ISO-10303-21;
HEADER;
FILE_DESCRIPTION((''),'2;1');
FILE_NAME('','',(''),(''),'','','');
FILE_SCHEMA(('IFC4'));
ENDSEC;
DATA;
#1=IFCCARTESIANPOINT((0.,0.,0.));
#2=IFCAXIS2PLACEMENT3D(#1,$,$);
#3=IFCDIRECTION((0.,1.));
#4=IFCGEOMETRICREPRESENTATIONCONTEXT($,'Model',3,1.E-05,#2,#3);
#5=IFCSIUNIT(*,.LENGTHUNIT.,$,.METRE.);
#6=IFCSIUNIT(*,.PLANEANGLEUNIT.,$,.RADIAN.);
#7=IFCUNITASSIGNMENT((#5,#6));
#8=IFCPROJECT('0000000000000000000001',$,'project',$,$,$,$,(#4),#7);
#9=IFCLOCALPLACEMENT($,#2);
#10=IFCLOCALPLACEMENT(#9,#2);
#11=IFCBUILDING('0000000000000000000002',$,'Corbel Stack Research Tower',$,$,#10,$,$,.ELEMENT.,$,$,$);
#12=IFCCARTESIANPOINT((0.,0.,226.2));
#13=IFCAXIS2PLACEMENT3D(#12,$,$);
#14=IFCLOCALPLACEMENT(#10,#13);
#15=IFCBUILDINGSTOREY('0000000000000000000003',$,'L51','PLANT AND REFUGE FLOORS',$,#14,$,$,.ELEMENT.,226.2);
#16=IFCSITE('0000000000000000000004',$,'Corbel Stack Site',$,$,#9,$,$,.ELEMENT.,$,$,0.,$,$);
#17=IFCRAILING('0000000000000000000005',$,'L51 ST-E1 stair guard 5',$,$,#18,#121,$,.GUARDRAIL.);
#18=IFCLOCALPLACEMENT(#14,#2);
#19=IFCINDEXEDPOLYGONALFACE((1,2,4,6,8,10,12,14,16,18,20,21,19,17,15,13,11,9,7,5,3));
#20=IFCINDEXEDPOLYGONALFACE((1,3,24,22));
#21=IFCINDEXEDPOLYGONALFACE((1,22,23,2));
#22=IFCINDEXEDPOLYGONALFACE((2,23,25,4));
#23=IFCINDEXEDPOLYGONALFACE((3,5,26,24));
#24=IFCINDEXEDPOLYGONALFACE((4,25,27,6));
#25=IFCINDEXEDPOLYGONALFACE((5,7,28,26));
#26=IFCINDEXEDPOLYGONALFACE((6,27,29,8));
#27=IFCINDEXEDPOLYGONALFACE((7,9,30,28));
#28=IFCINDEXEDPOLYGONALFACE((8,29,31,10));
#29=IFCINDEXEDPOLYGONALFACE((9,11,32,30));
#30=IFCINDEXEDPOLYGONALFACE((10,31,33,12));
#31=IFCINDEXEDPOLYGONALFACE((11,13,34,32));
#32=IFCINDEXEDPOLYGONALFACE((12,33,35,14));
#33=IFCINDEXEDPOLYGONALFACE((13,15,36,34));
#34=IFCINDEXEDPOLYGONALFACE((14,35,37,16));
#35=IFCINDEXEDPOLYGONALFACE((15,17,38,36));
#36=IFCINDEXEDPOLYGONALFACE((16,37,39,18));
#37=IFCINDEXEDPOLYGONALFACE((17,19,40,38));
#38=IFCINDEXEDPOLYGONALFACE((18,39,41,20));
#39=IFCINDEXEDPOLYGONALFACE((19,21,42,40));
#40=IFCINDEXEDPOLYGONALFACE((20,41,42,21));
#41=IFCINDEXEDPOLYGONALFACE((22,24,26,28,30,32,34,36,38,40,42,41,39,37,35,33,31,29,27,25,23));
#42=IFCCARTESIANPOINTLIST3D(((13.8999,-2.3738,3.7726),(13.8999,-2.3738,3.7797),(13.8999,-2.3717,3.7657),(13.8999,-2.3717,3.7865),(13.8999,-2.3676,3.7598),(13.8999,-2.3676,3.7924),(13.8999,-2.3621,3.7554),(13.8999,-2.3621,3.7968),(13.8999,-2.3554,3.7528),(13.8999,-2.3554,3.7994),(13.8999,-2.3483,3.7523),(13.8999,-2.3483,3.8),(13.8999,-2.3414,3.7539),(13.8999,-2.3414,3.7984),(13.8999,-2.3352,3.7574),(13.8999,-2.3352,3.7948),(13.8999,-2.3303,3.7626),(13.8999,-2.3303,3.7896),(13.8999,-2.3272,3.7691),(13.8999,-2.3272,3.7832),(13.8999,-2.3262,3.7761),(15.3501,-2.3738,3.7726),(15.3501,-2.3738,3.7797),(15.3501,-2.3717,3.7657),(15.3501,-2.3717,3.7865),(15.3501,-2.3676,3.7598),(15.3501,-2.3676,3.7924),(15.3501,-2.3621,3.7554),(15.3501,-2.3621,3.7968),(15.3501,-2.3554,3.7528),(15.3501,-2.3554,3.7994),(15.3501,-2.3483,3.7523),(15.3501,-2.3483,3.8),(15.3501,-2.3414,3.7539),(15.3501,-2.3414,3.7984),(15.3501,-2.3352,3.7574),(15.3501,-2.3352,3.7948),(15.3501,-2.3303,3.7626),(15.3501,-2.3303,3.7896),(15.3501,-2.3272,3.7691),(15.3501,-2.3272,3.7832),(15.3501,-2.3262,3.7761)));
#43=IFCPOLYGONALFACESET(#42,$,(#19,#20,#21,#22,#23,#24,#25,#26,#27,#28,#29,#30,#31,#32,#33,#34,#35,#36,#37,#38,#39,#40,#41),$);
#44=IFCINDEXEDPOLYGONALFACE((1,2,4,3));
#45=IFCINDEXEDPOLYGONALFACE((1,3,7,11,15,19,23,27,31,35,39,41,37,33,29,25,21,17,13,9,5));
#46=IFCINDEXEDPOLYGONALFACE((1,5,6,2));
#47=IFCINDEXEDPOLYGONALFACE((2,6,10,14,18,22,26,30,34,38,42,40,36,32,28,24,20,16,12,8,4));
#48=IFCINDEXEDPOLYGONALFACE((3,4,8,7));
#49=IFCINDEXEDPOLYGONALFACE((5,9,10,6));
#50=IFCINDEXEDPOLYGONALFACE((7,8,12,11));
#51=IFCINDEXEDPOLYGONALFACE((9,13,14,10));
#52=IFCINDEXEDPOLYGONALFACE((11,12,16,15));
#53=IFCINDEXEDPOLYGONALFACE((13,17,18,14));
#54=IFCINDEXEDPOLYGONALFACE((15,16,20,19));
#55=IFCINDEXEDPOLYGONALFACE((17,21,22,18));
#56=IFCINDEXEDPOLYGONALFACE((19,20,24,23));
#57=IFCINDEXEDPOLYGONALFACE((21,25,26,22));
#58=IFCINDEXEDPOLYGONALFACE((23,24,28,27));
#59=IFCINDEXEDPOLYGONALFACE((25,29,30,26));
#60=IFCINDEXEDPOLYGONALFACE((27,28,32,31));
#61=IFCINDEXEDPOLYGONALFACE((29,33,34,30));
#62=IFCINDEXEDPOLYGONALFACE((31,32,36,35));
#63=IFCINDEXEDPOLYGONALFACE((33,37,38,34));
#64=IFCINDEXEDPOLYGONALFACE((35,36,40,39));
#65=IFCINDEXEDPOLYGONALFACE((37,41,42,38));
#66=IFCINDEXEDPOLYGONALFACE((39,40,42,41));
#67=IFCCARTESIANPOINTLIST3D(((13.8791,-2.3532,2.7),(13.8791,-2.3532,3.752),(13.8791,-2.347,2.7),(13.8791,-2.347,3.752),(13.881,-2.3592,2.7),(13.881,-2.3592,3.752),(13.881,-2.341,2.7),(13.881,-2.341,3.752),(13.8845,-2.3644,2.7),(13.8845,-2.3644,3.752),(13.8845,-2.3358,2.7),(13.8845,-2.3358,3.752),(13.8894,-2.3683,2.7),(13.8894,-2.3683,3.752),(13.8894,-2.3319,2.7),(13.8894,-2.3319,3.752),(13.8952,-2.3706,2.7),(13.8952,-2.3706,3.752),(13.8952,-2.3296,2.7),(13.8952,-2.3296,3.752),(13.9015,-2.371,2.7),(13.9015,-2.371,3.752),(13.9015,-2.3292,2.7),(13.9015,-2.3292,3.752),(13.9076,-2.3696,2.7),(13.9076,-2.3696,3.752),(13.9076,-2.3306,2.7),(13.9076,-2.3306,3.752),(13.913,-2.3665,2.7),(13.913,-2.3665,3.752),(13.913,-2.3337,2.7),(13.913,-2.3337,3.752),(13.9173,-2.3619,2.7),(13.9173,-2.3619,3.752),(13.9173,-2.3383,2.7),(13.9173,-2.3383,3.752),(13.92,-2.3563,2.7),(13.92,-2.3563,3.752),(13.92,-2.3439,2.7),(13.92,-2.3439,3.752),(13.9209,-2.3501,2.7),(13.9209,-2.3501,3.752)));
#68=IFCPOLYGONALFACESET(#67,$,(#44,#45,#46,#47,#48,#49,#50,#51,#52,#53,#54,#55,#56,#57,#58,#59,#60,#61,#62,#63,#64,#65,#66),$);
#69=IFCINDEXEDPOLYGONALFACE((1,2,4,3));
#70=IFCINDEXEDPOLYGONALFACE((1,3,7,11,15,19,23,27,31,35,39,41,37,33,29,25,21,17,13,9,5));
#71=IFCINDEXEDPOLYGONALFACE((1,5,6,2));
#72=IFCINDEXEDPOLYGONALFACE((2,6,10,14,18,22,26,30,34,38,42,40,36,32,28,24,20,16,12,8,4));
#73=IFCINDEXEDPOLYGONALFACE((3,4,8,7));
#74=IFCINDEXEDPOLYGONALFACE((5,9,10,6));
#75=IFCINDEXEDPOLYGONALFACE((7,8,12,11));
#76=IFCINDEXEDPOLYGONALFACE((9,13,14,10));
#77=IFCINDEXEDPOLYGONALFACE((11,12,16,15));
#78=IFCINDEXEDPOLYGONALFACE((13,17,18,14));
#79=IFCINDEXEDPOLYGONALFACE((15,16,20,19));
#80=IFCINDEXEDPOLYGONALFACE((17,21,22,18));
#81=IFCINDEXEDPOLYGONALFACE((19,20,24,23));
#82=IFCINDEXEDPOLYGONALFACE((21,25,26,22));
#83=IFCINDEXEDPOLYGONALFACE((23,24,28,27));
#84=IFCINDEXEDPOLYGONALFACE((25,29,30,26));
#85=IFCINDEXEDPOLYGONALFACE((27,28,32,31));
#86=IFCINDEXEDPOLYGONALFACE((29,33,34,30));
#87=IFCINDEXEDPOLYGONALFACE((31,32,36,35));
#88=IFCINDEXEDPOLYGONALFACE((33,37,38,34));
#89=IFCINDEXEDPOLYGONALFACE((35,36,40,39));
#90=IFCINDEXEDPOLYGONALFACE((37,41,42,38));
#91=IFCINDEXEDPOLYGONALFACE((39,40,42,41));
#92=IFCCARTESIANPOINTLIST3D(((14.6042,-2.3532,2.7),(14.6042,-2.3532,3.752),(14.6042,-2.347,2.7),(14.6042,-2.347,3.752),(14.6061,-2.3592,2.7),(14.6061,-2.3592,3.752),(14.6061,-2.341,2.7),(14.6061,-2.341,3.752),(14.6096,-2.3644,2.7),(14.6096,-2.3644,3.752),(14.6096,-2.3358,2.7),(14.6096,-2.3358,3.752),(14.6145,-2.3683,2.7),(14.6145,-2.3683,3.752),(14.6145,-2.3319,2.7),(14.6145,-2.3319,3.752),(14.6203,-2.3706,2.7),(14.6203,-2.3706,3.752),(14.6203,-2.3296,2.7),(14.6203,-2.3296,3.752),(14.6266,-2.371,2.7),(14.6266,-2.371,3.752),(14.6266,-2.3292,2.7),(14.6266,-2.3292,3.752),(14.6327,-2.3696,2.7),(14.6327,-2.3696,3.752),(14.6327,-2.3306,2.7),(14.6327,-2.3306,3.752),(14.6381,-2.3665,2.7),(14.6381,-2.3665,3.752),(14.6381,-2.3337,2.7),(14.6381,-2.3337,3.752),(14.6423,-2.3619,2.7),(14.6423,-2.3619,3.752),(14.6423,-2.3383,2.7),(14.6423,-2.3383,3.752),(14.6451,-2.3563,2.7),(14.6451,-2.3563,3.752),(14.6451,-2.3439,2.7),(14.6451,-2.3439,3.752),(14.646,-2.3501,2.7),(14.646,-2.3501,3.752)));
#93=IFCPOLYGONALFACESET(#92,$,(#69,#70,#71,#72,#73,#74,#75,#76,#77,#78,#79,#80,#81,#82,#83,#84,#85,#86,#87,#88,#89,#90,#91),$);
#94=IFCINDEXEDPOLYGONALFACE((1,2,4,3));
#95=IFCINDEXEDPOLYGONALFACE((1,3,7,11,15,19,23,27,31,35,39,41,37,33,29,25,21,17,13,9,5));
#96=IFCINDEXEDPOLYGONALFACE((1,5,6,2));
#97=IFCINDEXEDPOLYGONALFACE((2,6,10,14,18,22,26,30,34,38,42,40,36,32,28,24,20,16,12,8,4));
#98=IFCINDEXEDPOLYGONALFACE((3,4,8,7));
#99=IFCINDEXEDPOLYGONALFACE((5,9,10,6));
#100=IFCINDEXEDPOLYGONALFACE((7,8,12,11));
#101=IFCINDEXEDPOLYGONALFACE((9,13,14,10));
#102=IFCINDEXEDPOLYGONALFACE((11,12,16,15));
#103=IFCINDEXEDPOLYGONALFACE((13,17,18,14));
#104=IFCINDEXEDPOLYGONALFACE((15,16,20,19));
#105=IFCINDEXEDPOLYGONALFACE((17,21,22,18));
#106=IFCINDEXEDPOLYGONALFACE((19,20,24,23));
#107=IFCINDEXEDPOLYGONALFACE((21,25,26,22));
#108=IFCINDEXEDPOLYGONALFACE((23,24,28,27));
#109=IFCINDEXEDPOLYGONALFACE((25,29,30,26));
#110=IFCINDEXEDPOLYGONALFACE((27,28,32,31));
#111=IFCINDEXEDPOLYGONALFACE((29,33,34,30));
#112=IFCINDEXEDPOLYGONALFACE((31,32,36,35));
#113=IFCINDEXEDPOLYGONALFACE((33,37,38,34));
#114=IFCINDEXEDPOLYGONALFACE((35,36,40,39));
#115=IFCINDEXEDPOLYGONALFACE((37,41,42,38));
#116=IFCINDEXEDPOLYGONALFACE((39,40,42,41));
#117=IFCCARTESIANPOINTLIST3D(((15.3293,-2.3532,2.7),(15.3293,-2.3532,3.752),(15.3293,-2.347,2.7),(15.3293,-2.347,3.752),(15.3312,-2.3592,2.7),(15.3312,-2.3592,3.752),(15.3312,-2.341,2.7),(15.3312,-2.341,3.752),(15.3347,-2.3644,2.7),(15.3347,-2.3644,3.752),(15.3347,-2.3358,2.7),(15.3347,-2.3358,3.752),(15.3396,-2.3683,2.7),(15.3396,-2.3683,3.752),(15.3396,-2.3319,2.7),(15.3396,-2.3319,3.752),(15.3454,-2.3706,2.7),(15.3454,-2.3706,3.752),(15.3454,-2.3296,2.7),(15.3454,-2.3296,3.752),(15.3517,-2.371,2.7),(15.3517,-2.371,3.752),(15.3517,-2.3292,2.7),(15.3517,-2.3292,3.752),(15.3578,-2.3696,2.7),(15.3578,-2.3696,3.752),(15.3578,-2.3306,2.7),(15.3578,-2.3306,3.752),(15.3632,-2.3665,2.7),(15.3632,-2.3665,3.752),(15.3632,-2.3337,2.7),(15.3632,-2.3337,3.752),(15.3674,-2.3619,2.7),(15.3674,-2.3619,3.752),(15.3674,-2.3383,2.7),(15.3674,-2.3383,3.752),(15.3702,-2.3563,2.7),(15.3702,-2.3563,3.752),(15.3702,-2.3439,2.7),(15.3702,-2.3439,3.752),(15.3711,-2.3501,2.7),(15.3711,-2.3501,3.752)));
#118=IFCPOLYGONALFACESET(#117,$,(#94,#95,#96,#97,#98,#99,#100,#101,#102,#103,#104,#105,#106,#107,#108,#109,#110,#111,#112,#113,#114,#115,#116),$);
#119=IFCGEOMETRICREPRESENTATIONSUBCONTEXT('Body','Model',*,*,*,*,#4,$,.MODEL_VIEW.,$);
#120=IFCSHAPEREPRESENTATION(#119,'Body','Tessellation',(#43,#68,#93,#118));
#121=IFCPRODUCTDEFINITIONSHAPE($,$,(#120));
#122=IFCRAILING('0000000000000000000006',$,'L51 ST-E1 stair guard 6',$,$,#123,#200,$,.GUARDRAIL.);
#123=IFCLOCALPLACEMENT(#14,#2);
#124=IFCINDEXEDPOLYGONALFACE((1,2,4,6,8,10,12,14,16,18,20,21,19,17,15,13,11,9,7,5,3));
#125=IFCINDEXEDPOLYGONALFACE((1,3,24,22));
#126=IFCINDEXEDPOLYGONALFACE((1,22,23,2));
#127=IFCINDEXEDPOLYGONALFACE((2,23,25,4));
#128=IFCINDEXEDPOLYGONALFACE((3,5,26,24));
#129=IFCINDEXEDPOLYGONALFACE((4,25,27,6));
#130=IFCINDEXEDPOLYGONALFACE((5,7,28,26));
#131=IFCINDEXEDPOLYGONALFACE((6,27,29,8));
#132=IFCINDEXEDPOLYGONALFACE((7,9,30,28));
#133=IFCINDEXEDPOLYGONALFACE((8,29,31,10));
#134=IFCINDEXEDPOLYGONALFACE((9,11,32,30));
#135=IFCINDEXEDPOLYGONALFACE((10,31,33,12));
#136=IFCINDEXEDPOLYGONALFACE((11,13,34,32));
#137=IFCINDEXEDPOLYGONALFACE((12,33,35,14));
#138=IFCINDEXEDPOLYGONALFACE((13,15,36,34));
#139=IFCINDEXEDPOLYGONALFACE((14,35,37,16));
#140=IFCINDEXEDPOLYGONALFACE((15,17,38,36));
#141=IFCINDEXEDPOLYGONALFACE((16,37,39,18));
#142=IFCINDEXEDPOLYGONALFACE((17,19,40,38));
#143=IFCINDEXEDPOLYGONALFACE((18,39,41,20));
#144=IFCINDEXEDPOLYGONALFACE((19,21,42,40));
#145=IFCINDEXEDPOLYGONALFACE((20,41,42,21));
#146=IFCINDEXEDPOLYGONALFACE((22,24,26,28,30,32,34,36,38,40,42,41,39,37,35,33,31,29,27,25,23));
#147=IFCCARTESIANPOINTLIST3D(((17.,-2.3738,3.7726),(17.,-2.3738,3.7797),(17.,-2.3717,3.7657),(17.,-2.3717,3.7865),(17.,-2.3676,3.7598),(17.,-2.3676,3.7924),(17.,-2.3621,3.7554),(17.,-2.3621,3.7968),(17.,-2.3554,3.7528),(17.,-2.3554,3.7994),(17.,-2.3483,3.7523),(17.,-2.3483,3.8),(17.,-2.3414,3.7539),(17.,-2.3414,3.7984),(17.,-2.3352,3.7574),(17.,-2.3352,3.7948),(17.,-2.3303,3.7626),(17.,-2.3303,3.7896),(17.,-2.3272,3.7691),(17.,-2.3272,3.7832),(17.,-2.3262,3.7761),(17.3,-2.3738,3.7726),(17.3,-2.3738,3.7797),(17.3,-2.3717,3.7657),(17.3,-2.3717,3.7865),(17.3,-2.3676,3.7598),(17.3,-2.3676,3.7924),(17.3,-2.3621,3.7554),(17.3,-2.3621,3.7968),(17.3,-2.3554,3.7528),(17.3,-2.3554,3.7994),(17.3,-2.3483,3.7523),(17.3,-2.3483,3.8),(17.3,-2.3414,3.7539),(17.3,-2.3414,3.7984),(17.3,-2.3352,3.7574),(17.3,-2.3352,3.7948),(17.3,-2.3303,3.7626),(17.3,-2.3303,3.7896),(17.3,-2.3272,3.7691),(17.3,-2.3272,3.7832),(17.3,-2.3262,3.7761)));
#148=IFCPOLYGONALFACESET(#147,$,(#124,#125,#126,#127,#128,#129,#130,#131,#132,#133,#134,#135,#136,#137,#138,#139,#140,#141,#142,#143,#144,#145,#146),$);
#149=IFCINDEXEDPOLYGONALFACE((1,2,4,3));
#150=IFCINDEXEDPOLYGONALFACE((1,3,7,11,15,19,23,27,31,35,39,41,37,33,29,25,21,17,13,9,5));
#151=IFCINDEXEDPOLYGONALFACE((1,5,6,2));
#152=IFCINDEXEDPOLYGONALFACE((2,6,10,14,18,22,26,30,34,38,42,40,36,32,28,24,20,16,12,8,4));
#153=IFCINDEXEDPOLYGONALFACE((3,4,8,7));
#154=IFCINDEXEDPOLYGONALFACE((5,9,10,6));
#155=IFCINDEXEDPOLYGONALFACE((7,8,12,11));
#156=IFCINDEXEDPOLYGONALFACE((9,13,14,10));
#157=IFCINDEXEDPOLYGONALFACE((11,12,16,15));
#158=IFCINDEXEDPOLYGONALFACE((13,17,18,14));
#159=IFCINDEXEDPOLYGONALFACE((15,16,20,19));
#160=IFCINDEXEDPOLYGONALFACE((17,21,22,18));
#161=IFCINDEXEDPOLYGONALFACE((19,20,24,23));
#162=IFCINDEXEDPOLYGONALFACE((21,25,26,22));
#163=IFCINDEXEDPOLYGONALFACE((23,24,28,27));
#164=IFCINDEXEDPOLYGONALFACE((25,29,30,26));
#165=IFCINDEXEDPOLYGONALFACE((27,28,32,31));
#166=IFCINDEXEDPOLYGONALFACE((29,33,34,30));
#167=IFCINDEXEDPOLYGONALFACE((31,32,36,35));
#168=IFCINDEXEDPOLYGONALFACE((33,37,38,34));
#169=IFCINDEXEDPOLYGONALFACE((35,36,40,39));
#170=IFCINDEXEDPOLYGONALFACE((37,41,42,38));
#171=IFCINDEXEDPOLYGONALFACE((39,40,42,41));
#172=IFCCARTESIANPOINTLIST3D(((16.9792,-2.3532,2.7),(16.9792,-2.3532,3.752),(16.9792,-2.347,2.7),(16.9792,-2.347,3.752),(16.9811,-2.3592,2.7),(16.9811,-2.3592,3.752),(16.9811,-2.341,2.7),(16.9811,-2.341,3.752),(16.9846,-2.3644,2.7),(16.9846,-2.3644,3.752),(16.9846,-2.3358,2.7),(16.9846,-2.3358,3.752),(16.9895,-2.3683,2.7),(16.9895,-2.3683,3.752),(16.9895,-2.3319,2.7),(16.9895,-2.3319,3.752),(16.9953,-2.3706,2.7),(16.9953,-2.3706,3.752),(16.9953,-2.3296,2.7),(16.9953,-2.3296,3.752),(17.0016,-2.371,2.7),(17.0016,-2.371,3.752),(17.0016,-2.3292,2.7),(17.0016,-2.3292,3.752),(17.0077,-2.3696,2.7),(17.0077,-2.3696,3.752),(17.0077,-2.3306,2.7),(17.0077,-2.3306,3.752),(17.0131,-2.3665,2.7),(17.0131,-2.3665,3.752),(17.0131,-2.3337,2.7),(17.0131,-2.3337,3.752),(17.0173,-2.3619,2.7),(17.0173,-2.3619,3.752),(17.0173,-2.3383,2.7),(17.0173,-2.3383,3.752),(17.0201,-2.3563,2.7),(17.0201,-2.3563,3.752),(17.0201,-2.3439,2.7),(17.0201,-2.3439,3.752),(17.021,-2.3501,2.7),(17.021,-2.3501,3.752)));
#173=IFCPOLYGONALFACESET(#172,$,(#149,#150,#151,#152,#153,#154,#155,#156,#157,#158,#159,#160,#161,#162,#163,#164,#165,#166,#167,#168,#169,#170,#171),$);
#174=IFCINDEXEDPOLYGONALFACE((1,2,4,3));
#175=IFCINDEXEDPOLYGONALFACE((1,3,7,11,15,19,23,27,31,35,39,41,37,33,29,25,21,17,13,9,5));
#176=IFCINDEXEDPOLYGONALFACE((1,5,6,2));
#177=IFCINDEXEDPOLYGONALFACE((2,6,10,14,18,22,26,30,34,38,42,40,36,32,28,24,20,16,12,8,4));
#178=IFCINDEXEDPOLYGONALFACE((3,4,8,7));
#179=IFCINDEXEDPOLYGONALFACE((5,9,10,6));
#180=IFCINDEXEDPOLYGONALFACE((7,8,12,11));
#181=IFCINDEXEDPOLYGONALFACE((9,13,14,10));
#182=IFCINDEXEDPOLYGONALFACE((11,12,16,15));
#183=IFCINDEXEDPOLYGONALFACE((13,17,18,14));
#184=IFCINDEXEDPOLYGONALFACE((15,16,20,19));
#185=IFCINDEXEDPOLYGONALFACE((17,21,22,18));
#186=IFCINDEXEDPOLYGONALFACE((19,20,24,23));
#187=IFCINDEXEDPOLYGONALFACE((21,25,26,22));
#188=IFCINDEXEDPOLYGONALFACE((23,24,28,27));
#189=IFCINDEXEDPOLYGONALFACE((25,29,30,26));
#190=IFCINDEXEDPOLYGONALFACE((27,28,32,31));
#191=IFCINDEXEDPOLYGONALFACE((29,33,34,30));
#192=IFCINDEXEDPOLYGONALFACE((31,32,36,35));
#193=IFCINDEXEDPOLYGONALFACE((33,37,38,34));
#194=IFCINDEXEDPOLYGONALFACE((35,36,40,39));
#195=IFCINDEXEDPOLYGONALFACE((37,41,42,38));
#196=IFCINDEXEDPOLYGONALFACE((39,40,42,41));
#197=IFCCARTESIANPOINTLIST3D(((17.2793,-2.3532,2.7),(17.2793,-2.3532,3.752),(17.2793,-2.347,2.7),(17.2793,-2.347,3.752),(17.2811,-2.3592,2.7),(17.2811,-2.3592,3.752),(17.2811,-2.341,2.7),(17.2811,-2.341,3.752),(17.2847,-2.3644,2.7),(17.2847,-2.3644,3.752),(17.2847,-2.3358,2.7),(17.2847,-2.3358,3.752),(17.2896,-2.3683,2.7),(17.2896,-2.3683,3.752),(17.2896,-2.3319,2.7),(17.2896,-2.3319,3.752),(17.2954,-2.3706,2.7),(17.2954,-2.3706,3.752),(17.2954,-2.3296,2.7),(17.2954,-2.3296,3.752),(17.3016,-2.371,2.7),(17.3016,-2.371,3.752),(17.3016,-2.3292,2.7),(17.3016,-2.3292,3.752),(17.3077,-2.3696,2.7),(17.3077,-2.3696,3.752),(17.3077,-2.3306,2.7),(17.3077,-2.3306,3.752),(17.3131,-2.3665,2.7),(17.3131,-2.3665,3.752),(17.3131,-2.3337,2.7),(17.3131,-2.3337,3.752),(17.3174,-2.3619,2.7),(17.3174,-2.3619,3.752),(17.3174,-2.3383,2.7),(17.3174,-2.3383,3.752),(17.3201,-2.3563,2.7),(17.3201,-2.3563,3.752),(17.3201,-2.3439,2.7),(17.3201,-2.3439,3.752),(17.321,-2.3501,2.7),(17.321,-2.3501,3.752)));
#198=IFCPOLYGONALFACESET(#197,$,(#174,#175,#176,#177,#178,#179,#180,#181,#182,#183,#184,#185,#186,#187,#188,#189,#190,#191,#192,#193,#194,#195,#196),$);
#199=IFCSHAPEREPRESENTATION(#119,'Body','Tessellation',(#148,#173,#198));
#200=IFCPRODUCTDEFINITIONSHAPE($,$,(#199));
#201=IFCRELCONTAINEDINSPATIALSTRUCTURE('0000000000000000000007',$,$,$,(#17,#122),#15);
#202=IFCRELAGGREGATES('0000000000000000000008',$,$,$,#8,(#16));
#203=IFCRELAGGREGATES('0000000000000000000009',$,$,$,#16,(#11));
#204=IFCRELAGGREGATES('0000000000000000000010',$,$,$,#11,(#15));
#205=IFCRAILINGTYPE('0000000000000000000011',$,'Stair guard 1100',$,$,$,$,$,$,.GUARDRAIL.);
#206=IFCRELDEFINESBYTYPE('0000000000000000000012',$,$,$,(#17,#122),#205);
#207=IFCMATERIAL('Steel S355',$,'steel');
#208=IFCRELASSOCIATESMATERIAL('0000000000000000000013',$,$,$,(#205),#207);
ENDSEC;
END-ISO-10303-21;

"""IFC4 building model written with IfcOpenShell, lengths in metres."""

from ifc_helpers import new_model, si_unit, direction, frame, origin, origin_2d, place, context, subcontext, project, spatial, circle, extrude, material, type_object, element, save


model = new_model("IFC4")

# Units and contexts
model_context = context("Model", 3, precision=1e-05, world=origin(), true_north=direction((0.0, 1.0)))
body_context = subcontext(model_context, "Body", "Model", "MODEL_VIEW")
ifc_project = project(units=[si_unit("LENGTHUNIT", "METRE"), si_unit("PLANEANGLEUNIT", "RADIAN")], contexts=[model_context])

# Site, building, storey
site_placement = place(None, origin())
site = spatial("IfcSite", under=ifc_project, at=site_placement, Name="Corbel Stack Site", CompositionType="ELEMENT", RefElevation=0.0)
building_placement = place(site_placement, origin())
building = spatial("IfcBuilding", under=site, at=building_placement, Name="Corbel Stack Research Tower", CompositionType="ELEMENT")
storey_placement = place(building_placement, frame((0.0, 0.0, 226.2)))
storey = spatial("IfcBuildingStorey", under=building, at=storey_placement, Name="L51", Description="PLANT AND REFUGE FLOORS", CompositionType="ELEMENT", Elevation=226.2)

# Railings
ifc_material_1 = material(Name="Steel S355", Category="steel")
railing_type_1 = type_object("IfcRailingType", Name="Stair guard 1100", PredefinedType="GUARDRAIL", material=ifc_material_1)
railing_1_placement = place(storey_placement, frame((13.8999, -2.3501, 2.7)))
element("IfcRailing", 1, at=railing_1_placement, inside=storey, type_object=railing_type_1, Name="L51 ST-E1 stair guard 5", PredefinedType="GUARDRAIL", context=body_context, shape_type="SweptSolid", body=[
    extrude(circle(Radius=0.0239, at=origin_2d()), frame((0.0, 0.0, 1.0762), z_axis=(1.0, 0.0, 0.0), x_axis=(0.0, 1.0, 0.0)), (0.0, 0.0, 1.0), 1.4502),
    extrude(circle(Radius=0.021, at=origin_2d()), origin(), (0.0, 0.0, 1.0), 1.052),
    extrude(circle(Radius=0.021, at=origin_2d()), frame((0.7251, 0.0, 0.0)), (0.0, 0.0, 1.0), 1.052),
    extrude(circle(Radius=0.021, at=origin_2d()), frame((1.4502, 0.0, 0.0)), (0.0, 0.0, 1.0), 1.052),
])
railing_2_placement = place(storey_placement, frame((17.0, -2.3501, 2.7)))
element("IfcRailing", 2, at=railing_2_placement, inside=storey, type_object=railing_type_1, Name="L51 ST-E1 stair guard 6", PredefinedType="GUARDRAIL", context=body_context, shape_type="SweptSolid", body=[
    extrude(circle(Radius=0.0239, at=origin_2d()), frame((0.0, 0.0, 1.0762), z_axis=(1.0, 0.0, 0.0), x_axis=(0.0, 1.0, 0.0)), (0.0, 0.0, 1.0), 0.3),
    extrude(circle(Radius=0.021, at=origin_2d()), origin(), (0.0, 0.0, 1.0), 1.052),
    extrude(circle(Radius=0.021, at=origin_2d()), frame((0.3, 0.0, 0.0)), (0.0, 0.0, 1.0), 1.052),
])

save(model, "model.ifc")
